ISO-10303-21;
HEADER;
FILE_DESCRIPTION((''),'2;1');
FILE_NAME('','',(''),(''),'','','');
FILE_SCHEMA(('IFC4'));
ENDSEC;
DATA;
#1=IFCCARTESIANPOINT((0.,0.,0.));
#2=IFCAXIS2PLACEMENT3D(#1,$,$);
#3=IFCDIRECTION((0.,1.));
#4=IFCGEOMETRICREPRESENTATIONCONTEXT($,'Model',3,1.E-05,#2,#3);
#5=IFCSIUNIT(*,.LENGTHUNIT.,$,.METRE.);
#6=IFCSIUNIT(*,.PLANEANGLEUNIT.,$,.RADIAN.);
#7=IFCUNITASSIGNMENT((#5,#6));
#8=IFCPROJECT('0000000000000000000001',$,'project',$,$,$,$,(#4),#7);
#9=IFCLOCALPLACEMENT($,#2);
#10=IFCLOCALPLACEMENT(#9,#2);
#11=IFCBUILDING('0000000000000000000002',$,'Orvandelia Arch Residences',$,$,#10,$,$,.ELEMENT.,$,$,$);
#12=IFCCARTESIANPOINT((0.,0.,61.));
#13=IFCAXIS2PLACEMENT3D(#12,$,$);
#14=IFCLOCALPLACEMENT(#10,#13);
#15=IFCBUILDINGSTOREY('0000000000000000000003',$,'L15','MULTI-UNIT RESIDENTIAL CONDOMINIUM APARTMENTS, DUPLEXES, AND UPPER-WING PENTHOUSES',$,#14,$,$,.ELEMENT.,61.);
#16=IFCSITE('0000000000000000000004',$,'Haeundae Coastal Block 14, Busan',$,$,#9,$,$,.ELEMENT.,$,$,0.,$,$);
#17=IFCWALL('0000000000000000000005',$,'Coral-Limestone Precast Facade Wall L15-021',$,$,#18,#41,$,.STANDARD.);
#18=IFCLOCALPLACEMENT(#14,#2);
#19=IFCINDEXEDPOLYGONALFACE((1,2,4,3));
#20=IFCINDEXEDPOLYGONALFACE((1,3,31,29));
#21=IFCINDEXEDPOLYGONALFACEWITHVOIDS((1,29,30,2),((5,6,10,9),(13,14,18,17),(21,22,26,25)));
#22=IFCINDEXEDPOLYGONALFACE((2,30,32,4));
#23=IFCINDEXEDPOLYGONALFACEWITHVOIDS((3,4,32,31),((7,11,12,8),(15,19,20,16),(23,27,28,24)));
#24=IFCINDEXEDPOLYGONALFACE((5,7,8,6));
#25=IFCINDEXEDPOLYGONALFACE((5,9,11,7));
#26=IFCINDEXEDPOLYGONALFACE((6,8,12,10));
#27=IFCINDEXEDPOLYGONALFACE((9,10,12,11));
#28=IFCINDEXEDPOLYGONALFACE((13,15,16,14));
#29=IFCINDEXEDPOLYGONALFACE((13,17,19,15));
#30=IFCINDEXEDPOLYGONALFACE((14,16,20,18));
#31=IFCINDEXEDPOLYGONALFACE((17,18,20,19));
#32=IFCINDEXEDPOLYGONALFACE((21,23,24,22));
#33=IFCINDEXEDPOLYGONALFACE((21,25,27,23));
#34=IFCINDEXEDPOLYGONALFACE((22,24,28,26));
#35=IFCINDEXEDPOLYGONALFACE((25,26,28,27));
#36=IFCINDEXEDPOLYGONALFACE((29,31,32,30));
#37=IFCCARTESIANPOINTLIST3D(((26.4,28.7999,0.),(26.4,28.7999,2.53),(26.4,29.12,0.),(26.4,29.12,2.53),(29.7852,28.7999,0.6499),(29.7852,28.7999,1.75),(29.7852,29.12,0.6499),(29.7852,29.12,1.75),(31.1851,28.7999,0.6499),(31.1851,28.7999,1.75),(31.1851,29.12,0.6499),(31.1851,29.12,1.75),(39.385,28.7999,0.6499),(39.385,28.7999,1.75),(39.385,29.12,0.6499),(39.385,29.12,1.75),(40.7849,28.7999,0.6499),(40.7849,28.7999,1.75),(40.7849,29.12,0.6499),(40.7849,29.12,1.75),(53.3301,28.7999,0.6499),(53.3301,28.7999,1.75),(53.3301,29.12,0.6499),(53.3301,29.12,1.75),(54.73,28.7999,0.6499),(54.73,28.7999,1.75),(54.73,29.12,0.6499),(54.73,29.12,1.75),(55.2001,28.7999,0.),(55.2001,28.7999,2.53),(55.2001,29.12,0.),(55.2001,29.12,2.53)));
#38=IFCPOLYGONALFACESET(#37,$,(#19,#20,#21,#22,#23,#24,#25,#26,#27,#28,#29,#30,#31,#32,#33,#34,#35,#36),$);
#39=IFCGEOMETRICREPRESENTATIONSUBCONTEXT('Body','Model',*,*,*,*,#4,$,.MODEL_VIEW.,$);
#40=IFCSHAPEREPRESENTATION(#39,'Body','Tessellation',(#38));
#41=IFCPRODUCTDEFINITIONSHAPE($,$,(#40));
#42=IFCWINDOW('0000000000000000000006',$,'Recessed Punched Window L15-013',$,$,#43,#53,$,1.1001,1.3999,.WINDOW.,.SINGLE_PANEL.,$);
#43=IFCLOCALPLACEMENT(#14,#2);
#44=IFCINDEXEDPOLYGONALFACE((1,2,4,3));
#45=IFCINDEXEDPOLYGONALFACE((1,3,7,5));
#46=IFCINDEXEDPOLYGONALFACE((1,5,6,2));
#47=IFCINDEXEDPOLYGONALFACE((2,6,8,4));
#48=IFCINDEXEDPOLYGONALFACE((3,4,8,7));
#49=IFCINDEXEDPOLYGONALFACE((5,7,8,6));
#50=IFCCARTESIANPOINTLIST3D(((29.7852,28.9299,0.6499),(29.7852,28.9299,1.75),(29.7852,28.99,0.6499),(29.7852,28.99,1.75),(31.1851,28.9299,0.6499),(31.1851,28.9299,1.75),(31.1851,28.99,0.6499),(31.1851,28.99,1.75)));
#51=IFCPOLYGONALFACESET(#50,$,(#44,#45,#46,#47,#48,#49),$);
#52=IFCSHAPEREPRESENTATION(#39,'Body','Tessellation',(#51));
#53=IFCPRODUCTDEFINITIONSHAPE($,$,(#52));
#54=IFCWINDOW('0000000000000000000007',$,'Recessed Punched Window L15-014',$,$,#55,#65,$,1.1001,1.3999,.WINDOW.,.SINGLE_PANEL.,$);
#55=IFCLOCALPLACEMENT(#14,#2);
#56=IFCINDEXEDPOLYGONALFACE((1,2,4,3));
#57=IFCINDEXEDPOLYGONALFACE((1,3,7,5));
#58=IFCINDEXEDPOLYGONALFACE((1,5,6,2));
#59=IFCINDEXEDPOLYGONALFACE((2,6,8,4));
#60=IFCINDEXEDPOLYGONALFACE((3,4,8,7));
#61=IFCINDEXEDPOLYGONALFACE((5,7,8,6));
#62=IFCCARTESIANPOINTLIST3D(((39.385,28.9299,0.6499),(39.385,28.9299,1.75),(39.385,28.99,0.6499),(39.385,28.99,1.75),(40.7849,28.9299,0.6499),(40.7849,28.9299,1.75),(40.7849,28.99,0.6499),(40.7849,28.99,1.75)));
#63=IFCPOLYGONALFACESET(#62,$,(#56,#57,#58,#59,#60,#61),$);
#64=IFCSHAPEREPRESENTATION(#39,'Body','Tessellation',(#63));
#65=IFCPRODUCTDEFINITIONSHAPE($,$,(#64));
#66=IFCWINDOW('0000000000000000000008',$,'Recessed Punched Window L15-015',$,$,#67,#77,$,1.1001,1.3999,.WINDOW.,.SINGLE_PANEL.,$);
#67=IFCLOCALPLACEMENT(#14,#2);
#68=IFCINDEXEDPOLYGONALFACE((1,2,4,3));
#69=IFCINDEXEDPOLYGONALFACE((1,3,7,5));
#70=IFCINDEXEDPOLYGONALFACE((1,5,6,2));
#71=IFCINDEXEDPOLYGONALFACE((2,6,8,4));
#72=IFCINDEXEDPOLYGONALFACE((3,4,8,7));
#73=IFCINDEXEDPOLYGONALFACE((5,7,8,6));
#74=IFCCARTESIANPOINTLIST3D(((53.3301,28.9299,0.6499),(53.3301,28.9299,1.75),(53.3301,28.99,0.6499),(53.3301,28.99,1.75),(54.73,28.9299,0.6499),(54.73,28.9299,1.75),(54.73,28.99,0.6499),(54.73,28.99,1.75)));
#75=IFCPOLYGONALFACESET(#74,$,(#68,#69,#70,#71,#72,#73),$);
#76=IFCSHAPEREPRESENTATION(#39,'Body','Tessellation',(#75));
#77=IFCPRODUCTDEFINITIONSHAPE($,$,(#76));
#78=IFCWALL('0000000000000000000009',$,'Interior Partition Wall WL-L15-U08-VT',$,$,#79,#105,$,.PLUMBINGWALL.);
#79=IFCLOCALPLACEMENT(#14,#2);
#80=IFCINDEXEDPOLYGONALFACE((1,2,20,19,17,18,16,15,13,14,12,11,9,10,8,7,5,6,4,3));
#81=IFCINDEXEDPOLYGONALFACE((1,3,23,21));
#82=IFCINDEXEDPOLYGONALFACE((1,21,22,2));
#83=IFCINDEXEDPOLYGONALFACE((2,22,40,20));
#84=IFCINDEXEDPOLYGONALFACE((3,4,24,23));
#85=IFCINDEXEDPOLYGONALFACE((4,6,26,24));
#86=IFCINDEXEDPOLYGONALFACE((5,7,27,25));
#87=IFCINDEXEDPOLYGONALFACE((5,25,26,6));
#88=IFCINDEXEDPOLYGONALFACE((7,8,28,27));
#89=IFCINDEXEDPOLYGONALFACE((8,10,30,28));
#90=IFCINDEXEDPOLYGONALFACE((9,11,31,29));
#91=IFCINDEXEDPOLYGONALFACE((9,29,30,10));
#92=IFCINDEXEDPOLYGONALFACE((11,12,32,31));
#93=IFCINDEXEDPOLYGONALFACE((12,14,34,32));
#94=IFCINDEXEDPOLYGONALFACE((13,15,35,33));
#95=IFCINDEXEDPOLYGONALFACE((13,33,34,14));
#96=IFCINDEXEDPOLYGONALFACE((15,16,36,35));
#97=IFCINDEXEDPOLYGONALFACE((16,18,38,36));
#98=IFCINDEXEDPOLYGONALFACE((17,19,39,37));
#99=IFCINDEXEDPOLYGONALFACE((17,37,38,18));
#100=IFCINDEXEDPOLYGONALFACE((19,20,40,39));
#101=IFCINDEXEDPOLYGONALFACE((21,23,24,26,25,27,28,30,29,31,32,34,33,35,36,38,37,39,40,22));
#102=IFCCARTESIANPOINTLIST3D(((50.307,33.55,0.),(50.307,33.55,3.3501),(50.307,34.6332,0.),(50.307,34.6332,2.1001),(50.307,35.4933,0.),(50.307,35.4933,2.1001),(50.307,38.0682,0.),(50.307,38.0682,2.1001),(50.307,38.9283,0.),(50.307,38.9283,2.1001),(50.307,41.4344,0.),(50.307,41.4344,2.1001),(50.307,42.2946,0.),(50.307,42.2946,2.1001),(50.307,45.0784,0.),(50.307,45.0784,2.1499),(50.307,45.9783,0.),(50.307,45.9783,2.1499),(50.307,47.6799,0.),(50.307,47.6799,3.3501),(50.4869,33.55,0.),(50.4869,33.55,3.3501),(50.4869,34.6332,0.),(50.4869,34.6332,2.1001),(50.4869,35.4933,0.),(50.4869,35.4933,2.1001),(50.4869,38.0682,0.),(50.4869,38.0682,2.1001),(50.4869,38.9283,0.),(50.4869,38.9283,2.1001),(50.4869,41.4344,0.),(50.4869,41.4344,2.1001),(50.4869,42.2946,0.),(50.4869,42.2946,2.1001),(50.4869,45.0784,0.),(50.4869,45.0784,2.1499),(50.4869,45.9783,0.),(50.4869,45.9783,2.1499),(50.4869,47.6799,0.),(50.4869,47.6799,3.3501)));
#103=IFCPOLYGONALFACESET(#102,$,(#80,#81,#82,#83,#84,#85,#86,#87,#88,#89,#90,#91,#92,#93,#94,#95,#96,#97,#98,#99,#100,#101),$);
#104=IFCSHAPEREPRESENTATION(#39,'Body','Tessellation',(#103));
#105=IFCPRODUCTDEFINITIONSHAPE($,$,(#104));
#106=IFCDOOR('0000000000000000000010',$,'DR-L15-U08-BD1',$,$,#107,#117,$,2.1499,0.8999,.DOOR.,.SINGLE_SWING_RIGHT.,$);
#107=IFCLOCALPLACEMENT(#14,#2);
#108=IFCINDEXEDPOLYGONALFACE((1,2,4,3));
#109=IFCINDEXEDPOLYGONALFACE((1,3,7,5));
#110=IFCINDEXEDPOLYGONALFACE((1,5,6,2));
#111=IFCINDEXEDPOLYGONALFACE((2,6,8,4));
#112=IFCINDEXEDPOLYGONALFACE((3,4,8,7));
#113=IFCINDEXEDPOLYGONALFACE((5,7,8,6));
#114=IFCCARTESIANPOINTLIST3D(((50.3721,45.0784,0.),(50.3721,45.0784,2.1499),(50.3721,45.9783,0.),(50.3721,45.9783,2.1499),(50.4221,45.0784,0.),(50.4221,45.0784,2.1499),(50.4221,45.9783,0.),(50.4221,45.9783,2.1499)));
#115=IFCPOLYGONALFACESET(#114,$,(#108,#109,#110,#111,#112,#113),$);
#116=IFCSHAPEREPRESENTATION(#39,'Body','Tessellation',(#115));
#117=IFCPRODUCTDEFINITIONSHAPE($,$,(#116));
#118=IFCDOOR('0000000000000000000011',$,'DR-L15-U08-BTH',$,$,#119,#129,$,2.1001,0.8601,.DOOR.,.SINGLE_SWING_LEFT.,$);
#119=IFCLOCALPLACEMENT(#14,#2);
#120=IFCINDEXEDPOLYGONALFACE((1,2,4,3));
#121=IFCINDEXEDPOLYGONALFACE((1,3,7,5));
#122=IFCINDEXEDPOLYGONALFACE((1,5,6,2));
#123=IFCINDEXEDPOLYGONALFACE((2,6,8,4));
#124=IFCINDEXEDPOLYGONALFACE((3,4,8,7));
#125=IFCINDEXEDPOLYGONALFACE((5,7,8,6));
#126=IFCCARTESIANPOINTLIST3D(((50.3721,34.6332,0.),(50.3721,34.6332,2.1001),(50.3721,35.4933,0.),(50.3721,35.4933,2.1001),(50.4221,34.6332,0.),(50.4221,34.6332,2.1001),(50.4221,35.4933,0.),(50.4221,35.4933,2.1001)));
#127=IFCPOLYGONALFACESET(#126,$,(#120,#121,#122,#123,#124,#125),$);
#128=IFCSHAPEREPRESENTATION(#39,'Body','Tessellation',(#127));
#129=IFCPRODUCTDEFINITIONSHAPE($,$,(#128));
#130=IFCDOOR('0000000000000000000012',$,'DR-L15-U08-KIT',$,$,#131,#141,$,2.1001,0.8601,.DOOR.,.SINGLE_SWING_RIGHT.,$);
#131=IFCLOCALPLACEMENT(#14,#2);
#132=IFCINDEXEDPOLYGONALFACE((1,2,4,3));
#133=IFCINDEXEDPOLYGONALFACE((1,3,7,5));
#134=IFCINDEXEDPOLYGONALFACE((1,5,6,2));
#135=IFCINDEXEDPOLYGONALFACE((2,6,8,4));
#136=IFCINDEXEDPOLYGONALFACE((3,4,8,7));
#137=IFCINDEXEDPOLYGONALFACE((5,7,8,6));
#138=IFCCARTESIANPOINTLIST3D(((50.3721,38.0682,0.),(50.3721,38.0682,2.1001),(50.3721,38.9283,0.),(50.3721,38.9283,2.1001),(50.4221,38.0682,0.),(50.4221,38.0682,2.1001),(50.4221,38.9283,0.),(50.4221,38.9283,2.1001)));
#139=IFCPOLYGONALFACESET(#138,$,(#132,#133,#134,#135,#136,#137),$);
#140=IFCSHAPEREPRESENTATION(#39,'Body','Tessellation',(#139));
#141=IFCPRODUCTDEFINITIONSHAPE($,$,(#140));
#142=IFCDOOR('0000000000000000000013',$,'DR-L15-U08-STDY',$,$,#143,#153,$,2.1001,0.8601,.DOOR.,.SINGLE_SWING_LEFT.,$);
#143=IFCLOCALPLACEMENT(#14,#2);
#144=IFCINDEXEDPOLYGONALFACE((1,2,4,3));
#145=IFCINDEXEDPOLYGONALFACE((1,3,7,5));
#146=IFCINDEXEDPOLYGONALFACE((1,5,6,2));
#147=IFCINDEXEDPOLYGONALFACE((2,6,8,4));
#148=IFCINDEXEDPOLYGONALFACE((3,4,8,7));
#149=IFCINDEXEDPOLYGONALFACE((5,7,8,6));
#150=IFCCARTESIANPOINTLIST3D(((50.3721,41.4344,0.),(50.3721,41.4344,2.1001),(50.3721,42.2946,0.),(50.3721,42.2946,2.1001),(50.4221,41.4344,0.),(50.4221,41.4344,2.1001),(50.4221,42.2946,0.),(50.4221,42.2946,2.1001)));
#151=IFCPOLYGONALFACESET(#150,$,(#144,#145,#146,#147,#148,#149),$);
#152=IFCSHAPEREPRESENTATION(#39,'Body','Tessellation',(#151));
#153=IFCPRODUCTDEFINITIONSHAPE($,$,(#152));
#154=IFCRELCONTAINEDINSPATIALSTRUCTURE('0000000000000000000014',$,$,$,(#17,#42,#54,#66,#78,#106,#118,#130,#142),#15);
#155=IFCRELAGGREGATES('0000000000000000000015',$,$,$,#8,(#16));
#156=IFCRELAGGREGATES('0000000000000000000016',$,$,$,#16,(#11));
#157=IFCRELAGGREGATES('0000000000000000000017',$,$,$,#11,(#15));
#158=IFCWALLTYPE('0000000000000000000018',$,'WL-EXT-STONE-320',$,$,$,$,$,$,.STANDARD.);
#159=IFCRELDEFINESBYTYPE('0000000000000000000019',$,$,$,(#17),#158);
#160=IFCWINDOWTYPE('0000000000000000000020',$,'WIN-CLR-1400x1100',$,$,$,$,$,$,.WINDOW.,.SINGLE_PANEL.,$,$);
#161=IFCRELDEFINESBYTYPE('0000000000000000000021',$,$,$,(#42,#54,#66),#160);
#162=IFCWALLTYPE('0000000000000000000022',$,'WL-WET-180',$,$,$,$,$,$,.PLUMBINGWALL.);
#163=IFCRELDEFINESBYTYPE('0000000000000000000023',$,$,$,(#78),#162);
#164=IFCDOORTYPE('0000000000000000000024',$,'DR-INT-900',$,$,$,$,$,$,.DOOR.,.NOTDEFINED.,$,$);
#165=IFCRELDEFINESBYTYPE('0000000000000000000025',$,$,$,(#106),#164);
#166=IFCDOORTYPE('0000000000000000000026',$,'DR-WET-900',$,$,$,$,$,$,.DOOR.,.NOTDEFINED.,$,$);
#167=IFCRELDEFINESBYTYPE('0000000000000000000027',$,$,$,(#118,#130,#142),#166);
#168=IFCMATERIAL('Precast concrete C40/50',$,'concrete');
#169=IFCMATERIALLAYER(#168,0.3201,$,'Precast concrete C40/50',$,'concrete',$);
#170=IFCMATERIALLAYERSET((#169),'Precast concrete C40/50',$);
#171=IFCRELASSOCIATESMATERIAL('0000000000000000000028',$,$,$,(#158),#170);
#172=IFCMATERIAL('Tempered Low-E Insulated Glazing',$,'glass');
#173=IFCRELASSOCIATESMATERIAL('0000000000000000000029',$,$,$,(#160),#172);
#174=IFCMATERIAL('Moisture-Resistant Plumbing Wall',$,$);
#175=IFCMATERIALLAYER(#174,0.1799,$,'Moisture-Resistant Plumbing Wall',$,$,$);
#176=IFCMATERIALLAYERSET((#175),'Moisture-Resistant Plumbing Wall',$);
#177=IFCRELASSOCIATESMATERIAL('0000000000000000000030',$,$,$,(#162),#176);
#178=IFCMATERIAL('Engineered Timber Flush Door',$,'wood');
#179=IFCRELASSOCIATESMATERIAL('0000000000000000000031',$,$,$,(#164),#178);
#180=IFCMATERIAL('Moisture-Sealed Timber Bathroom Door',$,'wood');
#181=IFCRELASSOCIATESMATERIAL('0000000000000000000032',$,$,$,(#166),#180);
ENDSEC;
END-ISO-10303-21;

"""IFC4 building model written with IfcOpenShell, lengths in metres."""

from ifc_helpers import new_model, si_unit, direction, frame, frame_2d, origin, place, context, subcontext, project, spatial, rectangle, extrude, material, layer, layer_set, type_object, element, fill, save


model = new_model("IFC4")

# Units and contexts
model_context = context("Model", 3, precision=1e-05, world=origin(), true_north=direction((0.0, 1.0)))
body_context = subcontext(model_context, "Body", "Model", "MODEL_VIEW")
ifc_project = project(units=[si_unit("LENGTHUNIT", "METRE"), si_unit("PLANEANGLEUNIT", "RADIAN")], contexts=[model_context])

# Site, building, storey
site_placement = place(None, origin())
site = spatial("IfcSite", under=ifc_project, at=site_placement, Name="Haeundae Coastal Block 14, Busan", CompositionType="ELEMENT", RefElevation=0.0)
building_placement = place(site_placement, origin())
building = spatial("IfcBuilding", under=site, at=building_placement, Name="Orvandelia Arch Residences", CompositionType="ELEMENT")
storey_placement = place(building_placement, frame((0.0, 0.0, 61.0)))
storey = spatial("IfcBuildingStorey", under=building, at=storey_placement, Name="L15", Description="MULTI-UNIT RESIDENTIAL CONDOMINIUM APARTMENTS, DUPLEXES, AND UPPER-WING PENTHOUSES", CompositionType="ELEMENT", Elevation=61.0)

# Shared definitions
ifc_material_1 = material(Name="Precast concrete C40/50", Category="concrete")
ifc_layer_1 = layer(ifc_material_1, 0.3201, Name="Precast concrete C40/50", Category="concrete")
ifc_layer_set_1 = layer_set([ifc_layer_1], Name="Precast concrete C40/50")
wall_type_1 = type_object("IfcWallType", Name="WL-EXT-STONE-320", PredefinedType="STANDARD", material=ifc_layer_set_1)

# Wall, openings, windows
wall_1_placement = place(storey_placement, frame((55.2, 28.96, 0.0), z_axis=(0.0, 0.0, 1.0), x_axis=(-1.0, 0.0, 0.0)))
wall_1 = element("IfcWall", 1, at=wall_1_placement, inside=storey, type_object=wall_type_1, Name="Coral-Limestone Precast Facade Wall L15-021", PredefinedType="STANDARD", context=body_context, shape_type="SweptSolid", body=[
    extrude(rectangle(XDim=28.8, YDim=0.3201, at=frame_2d((14.3999, 0.0))), origin(), (0.0, 0.0, 1.0), 2.53),
])
opening_1_placement = place(wall_1_placement, frame((24.0149, 0.0, 0.6499)))
opening_1 = element("IfcOpeningElement", 2, at=opening_1_placement, cuts=wall_1, PredefinedType="OPENING", context=body_context, shape_type="SweptSolid", body=[
    extrude(rectangle(XDim=1.3999, YDim=1.1001, at=frame_2d((0.7, 0.55))), frame((0.0, 0.1699, 0.0), z_axis=(0.0, -1.0, 0.0), x_axis=(1.0, 0.0, 0.0)), (0.0, 0.0, 1.0), 0.3401),
])
opening_2_placement = place(wall_1_placement, frame((14.415, 0.0, 0.6499)))
opening_2 = element("IfcOpeningElement", 3, at=opening_2_placement, cuts=wall_1, PredefinedType="OPENING", context=body_context, shape_type="SweptSolid", body=[
    extrude(rectangle(XDim=1.3999, YDim=1.1001, at=frame_2d((0.7, 0.55))), frame((0.0, 0.1699, 0.0), z_axis=(0.0, -1.0, 0.0), x_axis=(1.0, 0.0, 0.0)), (0.0, 0.0, 1.0), 0.3401),
])
opening_3_placement = place(wall_1_placement, frame((0.47, 0.0, 0.6499)))
opening_3 = element("IfcOpeningElement", 4, at=opening_3_placement, cuts=wall_1, PredefinedType="OPENING", context=body_context, shape_type="SweptSolid", body=[
    extrude(rectangle(XDim=1.3999, YDim=1.1001, at=frame_2d((0.7, 0.55))), frame((0.0, 0.1699, 0.0), z_axis=(0.0, -1.0, 0.0), x_axis=(1.0, 0.0, 0.0)), (0.0, 0.0, 1.0), 0.3401),
])
ifc_material_2 = material(Name="Tempered Low-E Insulated Glazing", Category="glass")
window_type = type_object("IfcWindowType", Name="WIN-CLR-1400x1100", PartitioningType="SINGLE_PANEL", PredefinedType="WINDOW", material=ifc_material_2)
window_1_placement = place(opening_1_placement, origin())
window_1 = element("IfcWindow", 5, at=window_1_placement, inside=storey, type_object=window_type, Name="Recessed Punched Window L15-013", OverallHeight=1.1001, OverallWidth=1.3999, PartitioningType="SINGLE_PANEL", PredefinedType="WINDOW", context=body_context, shape_type="SweptSolid", body=[
    extrude(rectangle(XDim=1.3999, YDim=1.1001, at=frame_2d((0.7, 0.55))), frame((0.0, 0.03, 0.0), z_axis=(0.0, -1.0, 0.0), x_axis=(1.0, 0.0, 0.0)), (0.0, 0.0, 1.0), 0.0601),
])
fill(opening_1, window_1)
window_2_placement = place(opening_2_placement, origin())
window_2 = element("IfcWindow", 6, at=window_2_placement, inside=storey, type_object=window_type, Name="Recessed Punched Window L15-014", OverallHeight=1.1001, OverallWidth=1.3999, PartitioningType="SINGLE_PANEL", PredefinedType="WINDOW", context=body_context, shape_type="SweptSolid", body=[
    extrude(rectangle(XDim=1.3999, YDim=1.1001, at=frame_2d((0.7, 0.55))), frame((0.0, 0.03, 0.0), z_axis=(0.0, -1.0, 0.0), x_axis=(1.0, 0.0, 0.0)), (0.0, 0.0, 1.0), 0.0601),
])
fill(opening_2, window_2)
window_3_placement = place(opening_3_placement, origin())
window_3 = element("IfcWindow", 7, at=window_3_placement, inside=storey, type_object=window_type, Name="Recessed Punched Window L15-015", OverallHeight=1.1001, OverallWidth=1.3999, PartitioningType="SINGLE_PANEL", PredefinedType="WINDOW", context=body_context, shape_type="SweptSolid", body=[
    extrude(rectangle(XDim=1.3999, YDim=1.1001, at=frame_2d((0.7, 0.55))), frame((0.0, 0.03, 0.0), z_axis=(0.0, -1.0, 0.0), x_axis=(1.0, 0.0, 0.0)), (0.0, 0.0, 1.0), 0.0601),
])
fill(opening_3, window_3)

# Wall, openings, doors
ifc_material_3 = material(Name="Moisture-Resistant Plumbing Wall")
ifc_layer_2 = layer(ifc_material_3, 0.1799, Name="Moisture-Resistant Plumbing Wall")
ifc_layer_set_2 = layer_set([ifc_layer_2], Name="Moisture-Resistant Plumbing Wall")
wall_type_2 = type_object("IfcWallType", Name="WL-WET-180", PredefinedType="PLUMBINGWALL", material=ifc_layer_set_2)
wall_2_placement = place(storey_placement, frame((50.397, 33.55, 0.0), z_axis=(0.0, 0.0, 1.0), x_axis=(0.0, 1.0, 0.0)))
wall_2 = element("IfcWall", 8, at=wall_2_placement, inside=storey, type_object=wall_type_2, Name="Interior Partition Wall WL-L15-U08-VT", PredefinedType="PLUMBINGWALL", context=body_context, shape_type="SweptSolid", body=[
    extrude(rectangle(XDim=14.1299, YDim=0.1799, at=frame_2d((7.0649, 0.0))), origin(), (0.0, 0.0, 1.0), 3.3501),
])
opening_4_placement = place(wall_2_placement, frame((1.083, 0.0, 0.0)))
opening_4 = element("IfcOpeningElement", 9, at=opening_4_placement, cuts=wall_2, PredefinedType="OPENING", context=body_context, shape_type="SweptSolid", body=[
    extrude(rectangle(XDim=0.8601, YDim=2.1001, at=frame_2d((0.4302, 1.05))), frame((0.0, 0.1001, 0.0), z_axis=(0.0, -1.0, 0.0), x_axis=(1.0, 0.0, 0.0)), (0.0, 0.0, 1.0), 0.2),
])
opening_5_placement = place(wall_2_placement, frame((4.5181, 0.0, 0.0)))
opening_5 = element("IfcOpeningElement", 10, at=opening_5_placement, cuts=wall_2, PredefinedType="OPENING", context=body_context, shape_type="SweptSolid", body=[
    extrude(rectangle(XDim=0.8601, YDim=2.1001, at=frame_2d((0.4302, 1.05))), frame((0.0, 0.1001, 0.0), z_axis=(0.0, -1.0, 0.0), x_axis=(1.0, 0.0, 0.0)), (0.0, 0.0, 1.0), 0.2),
])
opening_6_placement = place(wall_2_placement, frame((7.8843, 0.0, 0.0)))
opening_6 = element("IfcOpeningElement", 11, at=opening_6_placement, cuts=wall_2, PredefinedType="OPENING", context=body_context, shape_type="SweptSolid", body=[
    extrude(rectangle(XDim=0.8601, YDim=2.1001, at=frame_2d((0.4302, 1.05))), frame((0.0, 0.1001, 0.0), z_axis=(0.0, -1.0, 0.0), x_axis=(1.0, 0.0, 0.0)), (0.0, 0.0, 1.0), 0.2),
])
opening_7_placement = place(wall_2_placement, frame((11.5283, 0.0, 0.0)))
opening_7 = element("IfcOpeningElement", 12, at=opening_7_placement, cuts=wall_2, PredefinedType="OPENING", context=body_context, shape_type="SweptSolid", body=[
    extrude(rectangle(XDim=0.8999, YDim=2.1499, at=frame_2d((0.45, 1.075))), frame((0.0, 0.1001, 0.0), z_axis=(0.0, -1.0, 0.0), x_axis=(1.0, 0.0, 0.0)), (0.0, 0.0, 1.0), 0.2),
])
ifc_material_4 = material(Name="Engineered Timber Flush Door", Category="wood")
door_type_1 = type_object("IfcDoorType", Name="DR-INT-900", OperationType="NOTDEFINED", PredefinedType="DOOR", material=ifc_material_4)
door_1_placement = place(opening_7_placement, origin())
door_1 = element("IfcDoor", 13, at=door_1_placement, inside=storey, type_object=door_type_1, Name="DR-L15-U08-BD1", OperationType="SINGLE_SWING_RIGHT", OverallHeight=2.1499, OverallWidth=0.8999, PredefinedType="DOOR", context=body_context, shape_type="SweptSolid", body=[
    extrude(rectangle(XDim=0.8999, YDim=2.1499, at=frame_2d((0.45, 1.075))), frame((0.0, 0.0249, 0.0), z_axis=(0.0, -1.0, 0.0), x_axis=(1.0, 0.0, 0.0)), (0.0, 0.0, 1.0), 0.05),
])
fill(opening_7, door_1)
ifc_material_5 = material(Name="Moisture-Sealed Timber Bathroom Door", Category="wood")
door_type_2 = type_object("IfcDoorType", Name="DR-WET-900", OperationType="NOTDEFINED", PredefinedType="DOOR", material=ifc_material_5)
door_2_placement = place(opening_4_placement, origin())
door_2 = element("IfcDoor", 14, at=door_2_placement, inside=storey, type_object=door_type_2, Name="DR-L15-U08-BTH", OperationType="SINGLE_SWING_LEFT", OverallHeight=2.1001, OverallWidth=0.8601, PredefinedType="DOOR", context=body_context, shape_type="SweptSolid", body=[
    extrude(rectangle(XDim=0.8601, YDim=2.1001, at=frame_2d((0.4302, 1.05))), frame((0.0, 0.0249, 0.0), z_axis=(0.0, -1.0, 0.0), x_axis=(1.0, 0.0, 0.0)), (0.0, 0.0, 1.0), 0.05),
])
fill(opening_4, door_2)
door_3_placement = place(opening_5_placement, origin())
door_3 = element("IfcDoor", 15, at=door_3_placement, inside=storey, type_object=door_type_2, Name="DR-L15-U08-KIT", OperationType="SINGLE_SWING_RIGHT", OverallHeight=2.1001, OverallWidth=0.8601, PredefinedType="DOOR", context=body_context, shape_type="SweptSolid", body=[
    extrude(rectangle(XDim=0.8601, YDim=2.1001, at=frame_2d((0.4302, 1.05))), frame((0.0, 0.0249, 0.0), z_axis=(0.0, -1.0, 0.0), x_axis=(1.0, 0.0, 0.0)), (0.0, 0.0, 1.0), 0.05),
])
fill(opening_5, door_3)
door_4_placement = place(opening_6_placement, origin())
door_4 = element("IfcDoor", 16, at=door_4_placement, inside=storey, type_object=door_type_2, Name="DR-L15-U08-STDY", OperationType="SINGLE_SWING_LEFT", OverallHeight=2.1001, OverallWidth=0.8601, PredefinedType="DOOR", context=body_context, shape_type="SweptSolid", body=[
    extrude(rectangle(XDim=0.8601, YDim=2.1001, at=frame_2d((0.4302, 1.05))), frame((0.0, 0.0249, 0.0), z_axis=(0.0, -1.0, 0.0), x_axis=(1.0, 0.0, 0.0)), (0.0, 0.0, 1.0), 0.05),
])
fill(opening_6, door_4)

save(model, "model.ifc")
